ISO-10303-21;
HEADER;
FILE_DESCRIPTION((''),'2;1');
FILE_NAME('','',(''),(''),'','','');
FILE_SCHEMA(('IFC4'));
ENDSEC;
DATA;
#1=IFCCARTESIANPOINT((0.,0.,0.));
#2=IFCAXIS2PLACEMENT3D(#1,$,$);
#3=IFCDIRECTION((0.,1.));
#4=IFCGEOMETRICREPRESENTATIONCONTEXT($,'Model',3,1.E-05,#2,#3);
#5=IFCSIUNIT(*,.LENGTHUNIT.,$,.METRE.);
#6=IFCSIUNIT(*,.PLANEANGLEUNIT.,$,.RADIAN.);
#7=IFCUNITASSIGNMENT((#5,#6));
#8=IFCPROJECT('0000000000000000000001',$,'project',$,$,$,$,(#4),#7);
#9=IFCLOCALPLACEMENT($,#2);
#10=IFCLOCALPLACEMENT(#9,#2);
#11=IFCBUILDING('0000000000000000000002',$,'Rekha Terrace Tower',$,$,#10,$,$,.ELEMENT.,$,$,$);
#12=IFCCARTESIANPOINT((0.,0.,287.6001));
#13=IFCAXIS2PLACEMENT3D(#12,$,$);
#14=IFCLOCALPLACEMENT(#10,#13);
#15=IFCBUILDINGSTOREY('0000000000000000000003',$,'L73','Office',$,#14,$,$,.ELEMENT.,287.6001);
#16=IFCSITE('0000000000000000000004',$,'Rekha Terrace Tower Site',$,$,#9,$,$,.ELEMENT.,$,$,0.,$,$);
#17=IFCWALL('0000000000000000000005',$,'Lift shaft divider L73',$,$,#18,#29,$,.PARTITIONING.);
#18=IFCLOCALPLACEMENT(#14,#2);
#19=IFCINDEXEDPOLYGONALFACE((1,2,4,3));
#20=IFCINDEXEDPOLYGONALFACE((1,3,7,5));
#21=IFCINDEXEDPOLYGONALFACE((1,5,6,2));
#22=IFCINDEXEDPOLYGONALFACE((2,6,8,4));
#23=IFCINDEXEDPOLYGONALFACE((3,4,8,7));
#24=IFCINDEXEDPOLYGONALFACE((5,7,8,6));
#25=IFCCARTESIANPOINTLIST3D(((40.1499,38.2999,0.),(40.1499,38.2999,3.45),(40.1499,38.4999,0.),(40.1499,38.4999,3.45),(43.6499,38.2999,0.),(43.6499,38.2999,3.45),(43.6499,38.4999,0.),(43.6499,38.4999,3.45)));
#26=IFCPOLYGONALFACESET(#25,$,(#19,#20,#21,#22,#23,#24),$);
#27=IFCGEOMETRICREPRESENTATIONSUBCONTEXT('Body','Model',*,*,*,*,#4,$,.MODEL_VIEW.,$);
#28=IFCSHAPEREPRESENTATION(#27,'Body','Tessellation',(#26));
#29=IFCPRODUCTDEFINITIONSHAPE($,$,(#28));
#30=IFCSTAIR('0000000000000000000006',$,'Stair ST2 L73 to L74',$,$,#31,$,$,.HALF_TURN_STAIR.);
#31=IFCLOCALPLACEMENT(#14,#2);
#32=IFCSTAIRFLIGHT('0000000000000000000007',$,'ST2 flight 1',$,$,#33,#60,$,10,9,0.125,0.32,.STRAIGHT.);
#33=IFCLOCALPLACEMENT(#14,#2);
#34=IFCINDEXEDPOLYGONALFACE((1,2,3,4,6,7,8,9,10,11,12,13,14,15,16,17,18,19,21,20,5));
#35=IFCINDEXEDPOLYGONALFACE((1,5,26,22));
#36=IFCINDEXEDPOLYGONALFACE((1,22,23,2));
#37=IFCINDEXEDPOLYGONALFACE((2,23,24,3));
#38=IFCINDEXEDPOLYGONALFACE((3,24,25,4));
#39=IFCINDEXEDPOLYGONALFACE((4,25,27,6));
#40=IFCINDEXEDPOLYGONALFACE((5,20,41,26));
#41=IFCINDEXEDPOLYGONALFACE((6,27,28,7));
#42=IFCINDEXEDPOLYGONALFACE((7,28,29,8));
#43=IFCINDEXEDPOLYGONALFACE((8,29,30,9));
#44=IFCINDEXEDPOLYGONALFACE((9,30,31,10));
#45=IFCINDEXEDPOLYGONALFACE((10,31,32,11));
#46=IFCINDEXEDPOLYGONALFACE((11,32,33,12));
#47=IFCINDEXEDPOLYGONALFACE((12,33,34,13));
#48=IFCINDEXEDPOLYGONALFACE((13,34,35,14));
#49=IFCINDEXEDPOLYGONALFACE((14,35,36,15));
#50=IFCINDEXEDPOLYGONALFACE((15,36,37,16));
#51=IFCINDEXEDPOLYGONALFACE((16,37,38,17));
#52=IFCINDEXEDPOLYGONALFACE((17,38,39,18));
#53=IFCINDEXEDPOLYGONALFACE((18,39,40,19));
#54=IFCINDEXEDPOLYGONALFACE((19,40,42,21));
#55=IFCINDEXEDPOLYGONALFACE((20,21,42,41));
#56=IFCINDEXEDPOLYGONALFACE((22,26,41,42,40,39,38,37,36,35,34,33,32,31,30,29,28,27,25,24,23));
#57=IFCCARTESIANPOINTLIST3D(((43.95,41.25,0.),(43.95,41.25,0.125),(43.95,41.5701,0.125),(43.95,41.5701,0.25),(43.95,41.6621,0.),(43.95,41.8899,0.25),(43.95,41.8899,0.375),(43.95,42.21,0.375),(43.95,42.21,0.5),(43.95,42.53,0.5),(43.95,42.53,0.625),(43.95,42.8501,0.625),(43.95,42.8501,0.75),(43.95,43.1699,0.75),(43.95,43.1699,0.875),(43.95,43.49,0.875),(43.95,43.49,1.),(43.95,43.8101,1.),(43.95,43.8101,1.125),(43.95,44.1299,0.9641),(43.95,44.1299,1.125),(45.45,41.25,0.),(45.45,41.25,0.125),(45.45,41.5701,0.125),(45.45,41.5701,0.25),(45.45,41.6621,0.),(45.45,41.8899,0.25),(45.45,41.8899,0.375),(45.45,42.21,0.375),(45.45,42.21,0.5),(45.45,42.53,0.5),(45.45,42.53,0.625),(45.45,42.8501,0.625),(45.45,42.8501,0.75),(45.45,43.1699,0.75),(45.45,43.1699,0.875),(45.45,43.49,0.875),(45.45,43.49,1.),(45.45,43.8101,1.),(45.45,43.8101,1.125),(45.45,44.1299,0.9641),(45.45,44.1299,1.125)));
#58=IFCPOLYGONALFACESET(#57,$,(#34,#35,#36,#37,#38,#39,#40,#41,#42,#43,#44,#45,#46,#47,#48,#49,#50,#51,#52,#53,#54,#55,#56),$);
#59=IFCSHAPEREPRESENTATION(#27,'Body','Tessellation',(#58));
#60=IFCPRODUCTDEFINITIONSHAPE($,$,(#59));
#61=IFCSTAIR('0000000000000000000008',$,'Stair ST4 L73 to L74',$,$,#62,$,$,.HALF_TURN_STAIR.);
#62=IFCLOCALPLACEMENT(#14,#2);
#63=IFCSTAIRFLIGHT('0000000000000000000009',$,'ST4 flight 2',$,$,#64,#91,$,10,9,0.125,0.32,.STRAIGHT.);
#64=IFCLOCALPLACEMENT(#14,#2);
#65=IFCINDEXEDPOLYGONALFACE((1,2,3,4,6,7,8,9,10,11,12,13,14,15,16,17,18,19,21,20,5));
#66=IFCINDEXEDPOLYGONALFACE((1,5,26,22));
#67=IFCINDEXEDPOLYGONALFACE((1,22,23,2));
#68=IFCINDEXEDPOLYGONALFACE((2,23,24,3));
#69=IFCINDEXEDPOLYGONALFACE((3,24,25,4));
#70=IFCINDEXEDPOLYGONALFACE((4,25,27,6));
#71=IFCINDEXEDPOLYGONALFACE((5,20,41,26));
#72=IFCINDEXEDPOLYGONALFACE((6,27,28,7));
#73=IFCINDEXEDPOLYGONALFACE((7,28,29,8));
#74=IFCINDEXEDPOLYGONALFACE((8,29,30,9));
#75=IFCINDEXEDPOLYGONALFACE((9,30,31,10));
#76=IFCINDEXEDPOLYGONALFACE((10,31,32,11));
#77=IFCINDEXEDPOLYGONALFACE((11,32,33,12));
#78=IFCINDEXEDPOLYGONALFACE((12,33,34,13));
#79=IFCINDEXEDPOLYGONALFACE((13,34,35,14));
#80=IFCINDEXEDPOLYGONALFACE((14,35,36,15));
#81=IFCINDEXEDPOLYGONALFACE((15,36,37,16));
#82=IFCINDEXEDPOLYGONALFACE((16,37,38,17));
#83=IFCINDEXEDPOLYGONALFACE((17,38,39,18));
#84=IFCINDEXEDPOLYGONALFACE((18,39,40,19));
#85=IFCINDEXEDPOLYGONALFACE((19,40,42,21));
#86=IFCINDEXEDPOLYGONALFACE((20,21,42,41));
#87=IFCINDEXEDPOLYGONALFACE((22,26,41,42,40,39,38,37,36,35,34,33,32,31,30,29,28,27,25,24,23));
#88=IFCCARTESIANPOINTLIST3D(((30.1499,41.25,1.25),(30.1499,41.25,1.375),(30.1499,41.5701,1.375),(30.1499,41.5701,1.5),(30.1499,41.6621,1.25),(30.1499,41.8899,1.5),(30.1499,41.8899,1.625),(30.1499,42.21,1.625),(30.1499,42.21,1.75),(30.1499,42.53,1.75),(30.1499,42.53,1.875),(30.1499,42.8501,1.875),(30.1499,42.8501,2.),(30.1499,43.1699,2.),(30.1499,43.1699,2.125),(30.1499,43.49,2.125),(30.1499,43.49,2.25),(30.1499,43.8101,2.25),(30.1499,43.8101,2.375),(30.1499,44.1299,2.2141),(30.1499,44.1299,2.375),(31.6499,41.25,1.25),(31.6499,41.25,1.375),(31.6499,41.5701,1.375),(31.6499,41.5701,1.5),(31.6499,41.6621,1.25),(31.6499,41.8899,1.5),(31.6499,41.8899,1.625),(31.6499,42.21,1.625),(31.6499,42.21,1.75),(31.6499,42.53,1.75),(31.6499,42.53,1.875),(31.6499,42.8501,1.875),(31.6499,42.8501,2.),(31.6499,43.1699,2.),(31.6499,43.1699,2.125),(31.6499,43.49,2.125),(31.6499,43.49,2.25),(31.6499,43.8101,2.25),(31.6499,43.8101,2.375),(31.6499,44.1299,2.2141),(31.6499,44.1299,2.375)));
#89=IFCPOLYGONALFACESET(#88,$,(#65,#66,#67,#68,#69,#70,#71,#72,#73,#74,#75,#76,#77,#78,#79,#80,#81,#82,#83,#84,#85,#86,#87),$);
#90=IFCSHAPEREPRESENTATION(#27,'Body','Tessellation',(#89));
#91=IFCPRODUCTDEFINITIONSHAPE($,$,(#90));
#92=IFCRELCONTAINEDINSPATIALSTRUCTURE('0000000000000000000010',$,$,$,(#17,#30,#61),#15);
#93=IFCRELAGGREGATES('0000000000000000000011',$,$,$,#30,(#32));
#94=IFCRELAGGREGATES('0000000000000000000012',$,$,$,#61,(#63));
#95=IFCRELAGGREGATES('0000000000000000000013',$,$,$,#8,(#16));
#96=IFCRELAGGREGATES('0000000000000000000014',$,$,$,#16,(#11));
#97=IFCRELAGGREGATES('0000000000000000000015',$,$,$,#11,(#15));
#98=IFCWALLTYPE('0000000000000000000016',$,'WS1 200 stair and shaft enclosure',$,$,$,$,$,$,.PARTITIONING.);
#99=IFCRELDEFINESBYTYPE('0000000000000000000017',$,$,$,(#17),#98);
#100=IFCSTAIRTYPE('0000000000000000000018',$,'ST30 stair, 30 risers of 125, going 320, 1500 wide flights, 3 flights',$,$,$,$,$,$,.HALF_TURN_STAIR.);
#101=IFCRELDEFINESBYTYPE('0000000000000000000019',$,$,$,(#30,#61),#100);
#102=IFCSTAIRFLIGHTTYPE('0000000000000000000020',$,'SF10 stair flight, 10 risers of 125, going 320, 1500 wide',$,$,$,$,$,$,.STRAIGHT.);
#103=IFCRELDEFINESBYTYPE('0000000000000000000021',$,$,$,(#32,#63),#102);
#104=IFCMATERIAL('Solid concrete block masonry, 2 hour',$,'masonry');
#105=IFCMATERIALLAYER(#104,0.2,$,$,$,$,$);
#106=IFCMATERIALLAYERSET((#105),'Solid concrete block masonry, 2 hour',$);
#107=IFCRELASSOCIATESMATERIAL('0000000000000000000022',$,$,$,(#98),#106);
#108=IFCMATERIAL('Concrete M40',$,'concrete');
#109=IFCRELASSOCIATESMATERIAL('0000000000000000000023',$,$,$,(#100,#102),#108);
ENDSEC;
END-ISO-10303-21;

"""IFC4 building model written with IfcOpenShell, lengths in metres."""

from ifc_helpers import new_model, si_unit, direction, frame, frame_2d, origin, place, context, subcontext, project, spatial, polyline, rectangle, outline, extrude, material, layer, layer_set, type_object, element, aggregate, save


model = new_model("IFC4")

# Units and contexts
model_context = context("Model", 3, precision=1e-05, world=origin(), true_north=direction((0.0, 1.0)))
body_context = subcontext(model_context, "Body", "Model", "MODEL_VIEW")
ifc_project = project(units=[si_unit("LENGTHUNIT", "METRE"), si_unit("PLANEANGLEUNIT", "RADIAN")], contexts=[model_context])

# Site, building, storey
site_placement = place(None, origin())
site = spatial("IfcSite", under=ifc_project, at=site_placement, Name="Rekha Terrace Tower Site", CompositionType="ELEMENT", RefElevation=0.0)
building_placement = place(site_placement, origin())
building = spatial("IfcBuilding", under=site, at=building_placement, Name="Rekha Terrace Tower", CompositionType="ELEMENT")
storey_placement = place(building_placement, frame((0.0, 0.0, 287.6001)))
storey = spatial("IfcBuildingStorey", under=building, at=storey_placement, Name="L73", Description="Office", CompositionType="ELEMENT", Elevation=287.6001)

# Wall
ifc_material_1 = material(Name="Solid concrete block masonry, 2 hour", Category="masonry")
ifc_layer_1 = layer(ifc_material_1, 0.2)
ifc_layer_set_1 = layer_set([ifc_layer_1], Name="Solid concrete block masonry, 2 hour")
wall_type_1 = type_object("IfcWallType", Name="WS1 200 stair and shaft enclosure", PredefinedType="PARTITIONING", material=ifc_layer_set_1)
for number, where, z_axis, x_axis, name in (
    (1, (40.1499, 38.3999, 0.0), (0.0, 0.0, 1.0), (1.0, 0.0, 0.0), "Lift shaft divider L73"),
):
    element("IfcWall", number, at=place(storey_placement, frame(where, z_axis=z_axis, x_axis=x_axis)), inside=storey, type_object=wall_type_1, Name=name, PredefinedType="PARTITIONING", context=body_context, shape_type="SweptSolid", body=[
        extrude(rectangle(XDim=3.5, YDim=0.2, at=frame_2d((1.75, 0.0))), origin(), (0.0, 0.0, 1.0), 3.45),
    ])

# Stairs, stair flights
ifc_material_2 = material(Name="Concrete M40", Category="concrete")
stair_type = type_object("IfcStairType", Name="ST30 stair, 30 risers of 125, going 320, 1500 wide flights, 3 flights", PredefinedType="HALF_TURN_STAIR", material=ifc_material_2)
stair_1_placement = place(storey_placement, origin())
stair_1 = element("IfcStair", 2, at=stair_1_placement, inside=storey, type_object=stair_type, Name="Stair ST2 L73 to L74", PredefinedType="HALF_TURN_STAIR")
stair_flight_type = type_object("IfcStairFlightType", Name="SF10 stair flight, 10 risers of 125, going 320, 1500 wide", PredefinedType="STRAIGHT", material=ifc_material_2)
stair_flight_1_placement = place(storey_placement, frame((44.7, 41.25, 0.0), z_axis=(0.0, 0.0, 1.0), x_axis=(0.0, 1.0, 0.0)))
stair_flight_1 = element("IfcStairFlight", 3, at=stair_flight_1_placement, type_object=stair_flight_type, Name="ST2 flight 1", NumberOfRisers=10, NumberOfTreads=9, PredefinedType="STRAIGHT", RiserHeight=0.125, TreadLength=0.32, context=body_context, shape_type="SweptSolid", body=[
    extrude(outline(polyline([(0.0, 0.0), (0.0, 0.125), (0.3201, 0.125), (0.3201, 0.25), (0.6399, 0.25), (0.6399, 0.375), (0.96, 0.375), (0.96, 0.5), (1.28, 0.5), (1.28, 0.625), (1.6001, 0.625), (1.6001, 0.75), (1.9199, 0.75), (1.9199, 0.875), (2.24, 0.875), (2.24, 1.0), (2.5601, 1.0), (2.5601, 1.125), (2.8799, 1.125), (2.8799, 1.25), (2.8799, 0.9641), (0.4121, 0.0), (0.0, 0.0)])), frame((0.0, 0.75, 0.0), z_axis=(0.0, -1.0, 0.0), x_axis=(1.0, 0.0, 0.0)), (0.0, 0.0, 1.0), 1.5),
])
aggregate(stair_1, [stair_flight_1])
stair_2_placement = place(storey_placement, origin())
stair_2 = element("IfcStair", 4, at=stair_2_placement, inside=storey, type_object=stair_type, Name="Stair ST4 L73 to L74", PredefinedType="HALF_TURN_STAIR")
stair_flight_2_placement = place(storey_placement, frame((30.8999, 41.25, 1.25), z_axis=(0.0, 0.0, 1.0), x_axis=(0.0, 1.0, 0.0)))
stair_flight_2 = element("IfcStairFlight", 5, at=stair_flight_2_placement, type_object=stair_flight_type, Name="ST4 flight 2", NumberOfRisers=10, NumberOfTreads=9, PredefinedType="STRAIGHT", RiserHeight=0.125, TreadLength=0.32, context=body_context, shape_type="SweptSolid", body=[
    extrude(outline(polyline([(0.0, 0.0), (0.0, 0.125), (0.3201, 0.125), (0.3201, 0.25), (0.6399, 0.25), (0.6399, 0.375), (0.96, 0.375), (0.96, 0.5), (1.28, 0.5), (1.28, 0.625), (1.6001, 0.625), (1.6001, 0.75), (1.9199, 0.75), (1.9199, 0.875), (2.24, 0.875), (2.24, 1.0), (2.5601, 1.0), (2.5601, 1.125), (2.8799, 1.125), (2.8799, 1.25), (2.8799, 0.9641), (0.4121, 0.0), (0.0, 0.0)])), frame((0.0, 0.75, 0.0), z_axis=(0.0, -1.0, 0.0), x_axis=(1.0, 0.0, 0.0)), (0.0, 0.0, 1.0), 1.5),
])
aggregate(stair_2, [stair_flight_2])

save(model, "model.ifc")
